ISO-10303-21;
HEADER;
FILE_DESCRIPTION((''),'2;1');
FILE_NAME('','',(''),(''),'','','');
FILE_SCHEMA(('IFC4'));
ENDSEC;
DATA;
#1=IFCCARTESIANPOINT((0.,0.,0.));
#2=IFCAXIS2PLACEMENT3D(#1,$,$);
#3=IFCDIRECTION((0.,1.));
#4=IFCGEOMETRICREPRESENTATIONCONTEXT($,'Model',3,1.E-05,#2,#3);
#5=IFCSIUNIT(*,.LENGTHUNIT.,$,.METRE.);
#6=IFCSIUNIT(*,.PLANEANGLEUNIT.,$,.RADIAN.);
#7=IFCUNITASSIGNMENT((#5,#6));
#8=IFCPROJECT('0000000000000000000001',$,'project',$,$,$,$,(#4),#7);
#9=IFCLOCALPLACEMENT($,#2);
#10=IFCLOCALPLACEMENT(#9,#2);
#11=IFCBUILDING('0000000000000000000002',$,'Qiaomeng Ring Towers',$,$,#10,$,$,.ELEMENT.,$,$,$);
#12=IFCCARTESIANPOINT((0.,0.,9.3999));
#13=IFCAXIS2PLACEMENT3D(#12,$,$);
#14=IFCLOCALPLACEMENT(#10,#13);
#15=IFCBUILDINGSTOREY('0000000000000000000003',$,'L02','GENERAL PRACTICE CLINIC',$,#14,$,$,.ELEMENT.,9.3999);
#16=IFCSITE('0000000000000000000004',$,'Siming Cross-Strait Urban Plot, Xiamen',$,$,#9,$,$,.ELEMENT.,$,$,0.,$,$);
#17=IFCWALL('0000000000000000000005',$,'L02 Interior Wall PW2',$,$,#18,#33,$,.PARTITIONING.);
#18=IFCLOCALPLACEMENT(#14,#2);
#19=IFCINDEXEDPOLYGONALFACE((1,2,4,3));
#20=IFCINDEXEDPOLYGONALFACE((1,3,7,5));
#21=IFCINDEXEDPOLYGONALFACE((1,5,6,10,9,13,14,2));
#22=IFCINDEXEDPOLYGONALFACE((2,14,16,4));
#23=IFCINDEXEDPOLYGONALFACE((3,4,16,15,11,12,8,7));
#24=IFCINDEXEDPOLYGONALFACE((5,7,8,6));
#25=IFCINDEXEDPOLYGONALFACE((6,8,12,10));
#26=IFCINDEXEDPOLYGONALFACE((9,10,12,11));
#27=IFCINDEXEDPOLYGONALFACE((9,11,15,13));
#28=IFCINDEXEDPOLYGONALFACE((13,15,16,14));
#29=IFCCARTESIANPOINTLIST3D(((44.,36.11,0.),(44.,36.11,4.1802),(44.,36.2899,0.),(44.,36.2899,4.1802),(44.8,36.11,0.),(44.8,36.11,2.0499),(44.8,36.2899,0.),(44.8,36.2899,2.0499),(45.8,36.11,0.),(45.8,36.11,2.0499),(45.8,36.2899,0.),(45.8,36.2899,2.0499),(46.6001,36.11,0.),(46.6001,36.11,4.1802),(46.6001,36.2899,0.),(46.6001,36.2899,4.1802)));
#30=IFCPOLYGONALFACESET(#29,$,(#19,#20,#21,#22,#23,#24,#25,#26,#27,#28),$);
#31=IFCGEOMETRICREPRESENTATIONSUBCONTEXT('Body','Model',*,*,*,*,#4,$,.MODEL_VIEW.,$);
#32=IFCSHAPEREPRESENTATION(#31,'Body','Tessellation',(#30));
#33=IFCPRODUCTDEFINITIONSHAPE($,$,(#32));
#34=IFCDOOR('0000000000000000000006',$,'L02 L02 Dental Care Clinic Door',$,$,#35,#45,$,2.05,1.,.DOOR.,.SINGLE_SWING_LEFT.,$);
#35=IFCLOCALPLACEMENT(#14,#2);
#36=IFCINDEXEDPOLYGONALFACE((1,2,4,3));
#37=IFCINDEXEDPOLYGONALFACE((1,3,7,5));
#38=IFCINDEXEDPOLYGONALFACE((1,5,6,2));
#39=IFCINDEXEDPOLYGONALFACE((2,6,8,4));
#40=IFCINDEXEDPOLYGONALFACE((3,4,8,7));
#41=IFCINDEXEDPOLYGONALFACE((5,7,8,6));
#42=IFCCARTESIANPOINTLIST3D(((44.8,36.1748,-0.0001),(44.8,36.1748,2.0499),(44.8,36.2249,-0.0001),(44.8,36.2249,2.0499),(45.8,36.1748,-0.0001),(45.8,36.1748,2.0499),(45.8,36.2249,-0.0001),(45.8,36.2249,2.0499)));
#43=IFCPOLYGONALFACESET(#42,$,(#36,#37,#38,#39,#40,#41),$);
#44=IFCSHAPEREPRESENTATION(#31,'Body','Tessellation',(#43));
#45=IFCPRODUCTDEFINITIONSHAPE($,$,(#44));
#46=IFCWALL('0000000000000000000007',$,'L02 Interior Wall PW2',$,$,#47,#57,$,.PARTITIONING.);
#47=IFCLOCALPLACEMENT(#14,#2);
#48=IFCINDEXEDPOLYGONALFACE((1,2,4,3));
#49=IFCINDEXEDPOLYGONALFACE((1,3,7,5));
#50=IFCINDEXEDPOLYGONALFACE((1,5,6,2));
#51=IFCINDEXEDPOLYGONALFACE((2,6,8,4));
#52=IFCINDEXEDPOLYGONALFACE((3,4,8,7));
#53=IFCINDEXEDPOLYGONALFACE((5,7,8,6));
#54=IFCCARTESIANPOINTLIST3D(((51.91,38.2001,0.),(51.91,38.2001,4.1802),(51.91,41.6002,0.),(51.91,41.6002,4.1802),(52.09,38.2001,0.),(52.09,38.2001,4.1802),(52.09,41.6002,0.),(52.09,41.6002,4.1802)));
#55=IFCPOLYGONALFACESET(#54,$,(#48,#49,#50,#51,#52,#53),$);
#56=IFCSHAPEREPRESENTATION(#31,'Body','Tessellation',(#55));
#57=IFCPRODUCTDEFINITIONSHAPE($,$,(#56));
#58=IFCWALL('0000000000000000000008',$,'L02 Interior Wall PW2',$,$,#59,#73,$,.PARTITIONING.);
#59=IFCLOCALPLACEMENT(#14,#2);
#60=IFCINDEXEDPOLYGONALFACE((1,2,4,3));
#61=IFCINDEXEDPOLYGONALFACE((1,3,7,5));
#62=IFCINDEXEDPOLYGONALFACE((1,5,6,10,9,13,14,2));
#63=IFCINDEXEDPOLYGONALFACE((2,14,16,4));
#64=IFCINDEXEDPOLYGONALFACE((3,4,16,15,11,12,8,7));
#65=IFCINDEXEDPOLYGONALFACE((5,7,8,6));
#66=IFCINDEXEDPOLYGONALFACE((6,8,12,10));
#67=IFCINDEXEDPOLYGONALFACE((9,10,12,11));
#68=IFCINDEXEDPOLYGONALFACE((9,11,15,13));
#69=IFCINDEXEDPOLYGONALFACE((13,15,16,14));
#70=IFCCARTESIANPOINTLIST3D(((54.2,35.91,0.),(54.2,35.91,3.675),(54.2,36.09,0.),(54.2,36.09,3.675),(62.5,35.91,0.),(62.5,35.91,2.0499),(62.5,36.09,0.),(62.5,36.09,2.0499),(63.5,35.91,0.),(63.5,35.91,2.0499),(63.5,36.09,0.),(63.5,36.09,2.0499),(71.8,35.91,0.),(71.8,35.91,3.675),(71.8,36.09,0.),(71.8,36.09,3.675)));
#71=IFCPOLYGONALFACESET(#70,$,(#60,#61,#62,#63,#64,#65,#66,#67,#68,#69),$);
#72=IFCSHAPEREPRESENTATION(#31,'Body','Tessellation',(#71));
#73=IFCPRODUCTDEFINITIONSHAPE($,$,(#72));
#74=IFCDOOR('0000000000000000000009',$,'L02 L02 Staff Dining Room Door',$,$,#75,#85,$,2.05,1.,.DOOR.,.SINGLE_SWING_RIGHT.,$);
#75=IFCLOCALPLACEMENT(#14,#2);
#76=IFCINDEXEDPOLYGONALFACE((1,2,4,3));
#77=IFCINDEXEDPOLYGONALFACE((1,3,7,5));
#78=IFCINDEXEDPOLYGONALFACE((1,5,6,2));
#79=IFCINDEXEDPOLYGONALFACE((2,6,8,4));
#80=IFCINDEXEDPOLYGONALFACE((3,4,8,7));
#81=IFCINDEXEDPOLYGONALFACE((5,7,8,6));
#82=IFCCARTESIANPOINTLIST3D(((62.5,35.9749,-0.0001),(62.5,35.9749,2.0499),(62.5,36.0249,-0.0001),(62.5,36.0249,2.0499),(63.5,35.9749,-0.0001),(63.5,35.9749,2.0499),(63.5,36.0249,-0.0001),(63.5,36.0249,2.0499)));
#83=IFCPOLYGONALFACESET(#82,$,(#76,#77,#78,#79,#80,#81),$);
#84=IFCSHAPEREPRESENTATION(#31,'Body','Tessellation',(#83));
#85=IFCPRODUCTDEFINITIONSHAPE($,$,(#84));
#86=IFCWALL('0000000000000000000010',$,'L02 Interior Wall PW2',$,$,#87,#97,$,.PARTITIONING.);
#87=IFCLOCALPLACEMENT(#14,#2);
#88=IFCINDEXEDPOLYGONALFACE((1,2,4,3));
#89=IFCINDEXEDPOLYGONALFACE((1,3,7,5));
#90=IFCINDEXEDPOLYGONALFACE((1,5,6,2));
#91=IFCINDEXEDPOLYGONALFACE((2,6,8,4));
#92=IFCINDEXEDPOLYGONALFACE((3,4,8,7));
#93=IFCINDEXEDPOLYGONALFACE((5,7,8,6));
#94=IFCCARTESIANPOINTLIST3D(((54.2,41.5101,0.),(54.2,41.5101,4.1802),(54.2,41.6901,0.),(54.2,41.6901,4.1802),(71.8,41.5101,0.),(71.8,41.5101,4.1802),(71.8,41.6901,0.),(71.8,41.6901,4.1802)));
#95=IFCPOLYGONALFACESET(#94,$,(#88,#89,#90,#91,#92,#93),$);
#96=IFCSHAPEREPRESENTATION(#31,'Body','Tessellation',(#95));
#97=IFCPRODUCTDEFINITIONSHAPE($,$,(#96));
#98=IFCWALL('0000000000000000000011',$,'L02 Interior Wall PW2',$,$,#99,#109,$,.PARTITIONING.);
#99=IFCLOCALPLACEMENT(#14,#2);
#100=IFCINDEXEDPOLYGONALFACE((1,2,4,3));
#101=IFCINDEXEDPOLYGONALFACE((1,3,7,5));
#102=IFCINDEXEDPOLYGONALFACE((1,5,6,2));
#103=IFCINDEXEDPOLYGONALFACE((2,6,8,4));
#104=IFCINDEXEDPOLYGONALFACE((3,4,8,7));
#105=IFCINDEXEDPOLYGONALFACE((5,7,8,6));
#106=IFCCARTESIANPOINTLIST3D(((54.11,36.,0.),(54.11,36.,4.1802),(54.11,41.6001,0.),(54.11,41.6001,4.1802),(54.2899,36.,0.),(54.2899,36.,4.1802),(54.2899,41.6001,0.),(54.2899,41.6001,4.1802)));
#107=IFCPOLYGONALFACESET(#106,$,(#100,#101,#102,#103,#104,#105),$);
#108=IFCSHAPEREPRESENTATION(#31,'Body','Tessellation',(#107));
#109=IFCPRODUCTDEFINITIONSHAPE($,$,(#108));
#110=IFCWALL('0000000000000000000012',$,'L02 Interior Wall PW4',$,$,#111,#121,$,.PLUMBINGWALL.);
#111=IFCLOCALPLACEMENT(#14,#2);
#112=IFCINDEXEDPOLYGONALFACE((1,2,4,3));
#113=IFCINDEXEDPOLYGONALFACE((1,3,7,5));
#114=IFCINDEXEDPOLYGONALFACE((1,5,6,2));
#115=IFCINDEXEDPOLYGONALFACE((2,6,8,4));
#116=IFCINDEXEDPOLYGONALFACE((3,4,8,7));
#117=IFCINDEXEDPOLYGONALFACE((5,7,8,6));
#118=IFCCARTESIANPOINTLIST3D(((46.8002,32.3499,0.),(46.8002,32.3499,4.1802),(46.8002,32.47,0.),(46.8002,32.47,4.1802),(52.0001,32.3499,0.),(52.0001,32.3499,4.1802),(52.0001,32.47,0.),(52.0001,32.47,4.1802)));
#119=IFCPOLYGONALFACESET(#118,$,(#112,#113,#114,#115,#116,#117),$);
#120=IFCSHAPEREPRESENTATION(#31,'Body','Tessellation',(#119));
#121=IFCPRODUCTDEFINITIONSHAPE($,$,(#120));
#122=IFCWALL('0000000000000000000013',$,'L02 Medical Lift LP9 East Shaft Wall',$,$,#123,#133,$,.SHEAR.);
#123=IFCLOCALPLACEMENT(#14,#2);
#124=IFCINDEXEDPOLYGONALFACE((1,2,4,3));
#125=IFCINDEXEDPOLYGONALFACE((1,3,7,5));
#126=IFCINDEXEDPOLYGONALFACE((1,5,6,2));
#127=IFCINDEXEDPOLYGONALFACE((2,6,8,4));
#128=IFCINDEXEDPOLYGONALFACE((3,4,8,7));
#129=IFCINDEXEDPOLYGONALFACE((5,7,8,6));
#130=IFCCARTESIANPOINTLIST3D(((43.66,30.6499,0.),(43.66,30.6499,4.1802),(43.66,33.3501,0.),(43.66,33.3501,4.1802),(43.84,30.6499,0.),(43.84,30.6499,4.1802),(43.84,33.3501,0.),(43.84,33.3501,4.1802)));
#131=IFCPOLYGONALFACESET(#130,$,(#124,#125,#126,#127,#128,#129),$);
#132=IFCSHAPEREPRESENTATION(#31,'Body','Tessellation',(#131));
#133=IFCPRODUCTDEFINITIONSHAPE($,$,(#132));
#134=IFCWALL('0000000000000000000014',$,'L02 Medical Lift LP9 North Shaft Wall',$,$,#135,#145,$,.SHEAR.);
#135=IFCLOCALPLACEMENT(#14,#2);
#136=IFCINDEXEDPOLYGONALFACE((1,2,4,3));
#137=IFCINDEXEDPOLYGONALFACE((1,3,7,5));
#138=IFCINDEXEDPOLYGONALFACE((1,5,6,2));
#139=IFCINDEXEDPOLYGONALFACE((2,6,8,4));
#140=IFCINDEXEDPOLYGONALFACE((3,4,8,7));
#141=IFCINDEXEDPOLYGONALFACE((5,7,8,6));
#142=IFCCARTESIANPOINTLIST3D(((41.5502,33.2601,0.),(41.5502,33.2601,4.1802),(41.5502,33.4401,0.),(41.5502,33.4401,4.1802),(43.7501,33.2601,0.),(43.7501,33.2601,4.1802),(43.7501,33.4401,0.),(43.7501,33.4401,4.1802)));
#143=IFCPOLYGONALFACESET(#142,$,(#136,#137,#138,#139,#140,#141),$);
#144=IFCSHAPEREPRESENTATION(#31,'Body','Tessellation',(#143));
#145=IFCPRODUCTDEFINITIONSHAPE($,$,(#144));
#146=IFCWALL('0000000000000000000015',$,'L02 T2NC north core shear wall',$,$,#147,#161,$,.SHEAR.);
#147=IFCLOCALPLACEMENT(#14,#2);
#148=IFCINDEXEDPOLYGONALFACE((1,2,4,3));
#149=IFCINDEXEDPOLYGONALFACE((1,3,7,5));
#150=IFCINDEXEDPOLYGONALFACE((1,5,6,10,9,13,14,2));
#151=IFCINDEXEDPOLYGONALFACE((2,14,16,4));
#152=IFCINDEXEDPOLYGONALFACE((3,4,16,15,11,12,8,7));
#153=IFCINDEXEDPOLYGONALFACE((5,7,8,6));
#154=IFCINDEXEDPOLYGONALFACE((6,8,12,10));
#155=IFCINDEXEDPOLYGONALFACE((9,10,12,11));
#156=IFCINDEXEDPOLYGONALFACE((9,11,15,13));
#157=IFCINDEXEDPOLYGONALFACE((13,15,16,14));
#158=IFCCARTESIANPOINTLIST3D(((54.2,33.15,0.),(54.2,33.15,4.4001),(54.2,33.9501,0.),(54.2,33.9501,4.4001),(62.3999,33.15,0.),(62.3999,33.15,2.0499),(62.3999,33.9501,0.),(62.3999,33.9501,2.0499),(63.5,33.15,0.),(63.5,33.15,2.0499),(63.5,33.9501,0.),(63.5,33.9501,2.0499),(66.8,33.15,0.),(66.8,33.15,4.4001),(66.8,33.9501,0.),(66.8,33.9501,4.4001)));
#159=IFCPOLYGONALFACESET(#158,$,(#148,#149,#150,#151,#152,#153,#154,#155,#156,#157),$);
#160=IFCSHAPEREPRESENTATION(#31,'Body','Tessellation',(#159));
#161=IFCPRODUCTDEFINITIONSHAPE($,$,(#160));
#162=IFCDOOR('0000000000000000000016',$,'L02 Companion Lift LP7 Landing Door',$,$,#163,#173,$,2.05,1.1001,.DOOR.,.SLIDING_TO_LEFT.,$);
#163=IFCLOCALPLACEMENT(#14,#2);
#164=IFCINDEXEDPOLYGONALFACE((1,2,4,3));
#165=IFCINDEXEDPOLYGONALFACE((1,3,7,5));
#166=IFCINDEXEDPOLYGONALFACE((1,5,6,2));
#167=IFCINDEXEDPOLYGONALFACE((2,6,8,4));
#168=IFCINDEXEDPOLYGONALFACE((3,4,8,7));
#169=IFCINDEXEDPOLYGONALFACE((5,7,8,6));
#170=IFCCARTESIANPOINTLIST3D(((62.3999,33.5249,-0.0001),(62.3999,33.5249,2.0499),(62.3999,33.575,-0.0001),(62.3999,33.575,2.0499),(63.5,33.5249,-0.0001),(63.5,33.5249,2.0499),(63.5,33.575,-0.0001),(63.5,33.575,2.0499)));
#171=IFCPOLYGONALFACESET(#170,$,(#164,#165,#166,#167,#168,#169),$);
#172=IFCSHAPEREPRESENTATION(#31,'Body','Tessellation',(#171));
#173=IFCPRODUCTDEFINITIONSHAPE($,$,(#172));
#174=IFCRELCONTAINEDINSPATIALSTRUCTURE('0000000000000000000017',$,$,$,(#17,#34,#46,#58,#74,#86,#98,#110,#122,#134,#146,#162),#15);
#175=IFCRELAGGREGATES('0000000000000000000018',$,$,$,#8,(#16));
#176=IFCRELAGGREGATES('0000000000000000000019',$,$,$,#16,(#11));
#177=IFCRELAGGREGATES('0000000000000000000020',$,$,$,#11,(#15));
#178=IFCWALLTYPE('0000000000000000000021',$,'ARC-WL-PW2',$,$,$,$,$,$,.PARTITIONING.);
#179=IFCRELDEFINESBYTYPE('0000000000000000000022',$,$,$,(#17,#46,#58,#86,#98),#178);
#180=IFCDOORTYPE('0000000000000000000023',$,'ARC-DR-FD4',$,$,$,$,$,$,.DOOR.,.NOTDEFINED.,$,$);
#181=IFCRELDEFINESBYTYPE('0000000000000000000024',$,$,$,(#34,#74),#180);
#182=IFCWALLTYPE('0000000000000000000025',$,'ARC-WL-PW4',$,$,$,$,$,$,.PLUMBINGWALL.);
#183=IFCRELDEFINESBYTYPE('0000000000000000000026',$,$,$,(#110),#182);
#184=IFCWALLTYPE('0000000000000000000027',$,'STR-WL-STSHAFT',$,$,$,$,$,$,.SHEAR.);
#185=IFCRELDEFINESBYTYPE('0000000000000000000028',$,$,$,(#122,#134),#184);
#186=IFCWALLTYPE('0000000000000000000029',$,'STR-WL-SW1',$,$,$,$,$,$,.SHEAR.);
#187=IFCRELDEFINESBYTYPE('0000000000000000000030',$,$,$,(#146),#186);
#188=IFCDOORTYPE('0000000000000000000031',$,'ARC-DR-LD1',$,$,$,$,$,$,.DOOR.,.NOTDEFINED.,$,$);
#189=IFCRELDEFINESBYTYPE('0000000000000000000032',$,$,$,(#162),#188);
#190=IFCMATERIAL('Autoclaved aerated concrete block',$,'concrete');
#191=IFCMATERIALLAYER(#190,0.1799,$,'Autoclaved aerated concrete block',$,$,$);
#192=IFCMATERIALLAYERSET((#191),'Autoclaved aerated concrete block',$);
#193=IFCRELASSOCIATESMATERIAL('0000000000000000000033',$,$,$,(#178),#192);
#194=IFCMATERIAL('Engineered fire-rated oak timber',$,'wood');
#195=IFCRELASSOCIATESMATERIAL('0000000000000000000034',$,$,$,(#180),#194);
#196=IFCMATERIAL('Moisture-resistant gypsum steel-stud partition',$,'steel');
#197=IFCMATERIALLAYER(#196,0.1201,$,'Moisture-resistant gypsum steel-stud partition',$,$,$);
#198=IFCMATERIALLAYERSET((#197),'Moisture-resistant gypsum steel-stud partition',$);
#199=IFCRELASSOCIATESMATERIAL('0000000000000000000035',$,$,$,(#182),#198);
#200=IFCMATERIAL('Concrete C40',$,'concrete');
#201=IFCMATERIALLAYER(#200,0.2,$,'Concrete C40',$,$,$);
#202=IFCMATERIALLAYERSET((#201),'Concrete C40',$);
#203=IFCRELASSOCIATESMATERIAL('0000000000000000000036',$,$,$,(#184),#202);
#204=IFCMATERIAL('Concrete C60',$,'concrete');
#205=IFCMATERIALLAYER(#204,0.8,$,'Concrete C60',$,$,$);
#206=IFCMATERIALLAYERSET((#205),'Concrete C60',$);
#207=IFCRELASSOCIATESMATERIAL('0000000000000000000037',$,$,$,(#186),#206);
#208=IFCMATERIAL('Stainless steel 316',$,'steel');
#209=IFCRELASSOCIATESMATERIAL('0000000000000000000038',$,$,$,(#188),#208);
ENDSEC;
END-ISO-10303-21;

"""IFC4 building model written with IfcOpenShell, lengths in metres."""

from ifc_helpers import new_model, si_unit, direction, frame, frame_2d, origin, place, context, subcontext, project, spatial, rectangle, extrude, source, transform, mapped, material, layer, layer_set, type_object, element, fill, save


model = new_model("IFC4")

# Units and contexts
model_context = context("Model", 3, precision=1e-05, world=origin(), true_north=direction((0.0, 1.0)))
body_context = subcontext(model_context, "Body", "Model", "MODEL_VIEW")
ifc_project = project(units=[si_unit("LENGTHUNIT", "METRE"), si_unit("PLANEANGLEUNIT", "RADIAN")], contexts=[model_context])

# Site, building, storey
site_placement = place(None, origin())
site = spatial("IfcSite", under=ifc_project, at=site_placement, Name="Siming Cross-Strait Urban Plot, Xiamen", CompositionType="ELEMENT", RefElevation=0.0)
building_placement = place(site_placement, origin())
building = spatial("IfcBuilding", under=site, at=building_placement, Name="Qiaomeng Ring Towers", CompositionType="ELEMENT")
storey_placement = place(building_placement, frame((0.0, 0.0, 9.3999)))
storey = spatial("IfcBuildingStorey", under=building, at=storey_placement, Name="L02", Description="GENERAL PRACTICE CLINIC", CompositionType="ELEMENT", Elevation=9.3999)

# Shared definitions
ifc_material_1 = material(Name="Concrete C60", Category="concrete")

# Shared definitions
ifc_material_2 = material(Name="Autoclaved aerated concrete block", Category="concrete")
ifc_layer_1 = layer(ifc_material_2, 0.1799, Name="Autoclaved aerated concrete block")
ifc_layer_set_1 = layer_set([ifc_layer_1], Name="Autoclaved aerated concrete block")
wall_type_1 = type_object("IfcWallType", Name="ARC-WL-PW2", PredefinedType="PARTITIONING", material=ifc_layer_set_1)

# Wall, opening, door
wall_1_placement = place(storey_placement, frame((44.0, 36.2, 0.0), z_axis=(0.0, 0.0, 1.0), x_axis=(1.0, 0.0, 0.0)))
wall_1 = element("IfcWall", 1, at=wall_1_placement, inside=storey, type_object=wall_type_1, Name="L02 Interior Wall PW2", PredefinedType="PARTITIONING", context=body_context, shape_type="SweptSolid", body=[
    extrude(rectangle(XDim=2.6001, YDim=0.1799, at=frame_2d((1.3, 0.0))), origin(), (0.0, 0.0, 1.0), 4.1802),
])
opening_1_placement = place(wall_1_placement, frame((0.8, 0.0, 0.0)))
opening_1 = element("IfcOpeningElement", 2, at=opening_1_placement, cuts=wall_1, PredefinedType="OPENING", context=body_context, shape_type="SweptSolid", body=[
    extrude(rectangle(XDim=1.0, YDim=2.05, at=frame_2d((0.5, 1.0249))), frame((0.0, 0.0999, 0.0), z_axis=(0.0, -1.0, 0.0), x_axis=(1.0, 0.0, 0.0)), (0.0, 0.0, 1.0), 0.2),
])
ifc_material_3 = material(Name="Engineered fire-rated oak timber", Category="wood")
door_type_1 = type_object("IfcDoorType", Name="ARC-DR-FD4", OperationType="NOTDEFINED", PredefinedType="DOOR", material=ifc_material_3)
shared_shape_1 = source(origin(), body_context, "Body", "SweptSolid", [
    extrude(rectangle(XDim=1.0, YDim=2.05, at=frame_2d((0.5, 1.0249))), frame((0.0, 0.0249, 0.0), z_axis=(0.0, -1.0, 0.0), x_axis=(1.0, 0.0, 0.0)), (0.0, 0.0, 1.0), 0.05),
])
door_1_placement = place(opening_1_placement, origin())
door_1 = element("IfcDoor", 3, at=door_1_placement, inside=storey, type_object=door_type_1, Name="L02 L02 Dental Care Clinic Door", OperationType="SINGLE_SWING_LEFT", OverallHeight=2.05, OverallWidth=1.0, PredefinedType="DOOR", context=body_context, shape_type="MappedRepresentation", body=[
    mapped(shared_shape_1, transform((0.0, 0.0, 0.0), x_axis=(1.0, 0.0, 0.0), y_axis=(0.0, 1.0, 0.0), z_axis=(0.0, 0.0, 1.0), scale=1.0)),
])
fill(opening_1, door_1)

# Wall
wall_2_placement = place(storey_placement, frame((52.0, 38.2, 0.0), z_axis=(0.0, 0.0, 1.0), x_axis=(0.0, 1.0, 0.0)))
element("IfcWall", 4, at=wall_2_placement, inside=storey, type_object=wall_type_1, Name="L02 Interior Wall PW2", PredefinedType="PARTITIONING", context=body_context, shape_type="SweptSolid", body=[
    extrude(rectangle(XDim=3.4001, YDim=0.1799, at=frame_2d((1.7002, 0.0))), origin(), (0.0, 0.0, 1.0), 4.1802),
])

# Wall, opening, door
wall_3_placement = place(storey_placement, frame((54.2, 36.0, 0.0), z_axis=(0.0, 0.0, 1.0), x_axis=(1.0, 0.0, 0.0)))
wall_3 = element("IfcWall", 5, at=wall_3_placement, inside=storey, type_object=wall_type_1, Name="L02 Interior Wall PW2", PredefinedType="PARTITIONING", context=body_context, shape_type="SweptSolid", body=[
    extrude(rectangle(XDim=17.6001, YDim=0.1799, at=frame_2d((8.8, 0.0))), origin(), (0.0, 0.0, 1.0), 3.675),
])
opening_2_placement = place(wall_3_placement, frame((8.3, 0.0, 0.0)))
opening_2 = element("IfcOpeningElement", 6, at=opening_2_placement, cuts=wall_3, PredefinedType="OPENING", context=body_context, shape_type="SweptSolid", body=[
    extrude(rectangle(XDim=1.0, YDim=2.05, at=frame_2d((0.5, 1.0249))), frame((0.0, 0.0999, 0.0), z_axis=(0.0, -1.0, 0.0), x_axis=(1.0, 0.0, 0.0)), (0.0, 0.0, 1.0), 0.2),
])
door_2_placement = place(opening_2_placement, origin())
door_2 = element("IfcDoor", 7, at=door_2_placement, inside=storey, type_object=door_type_1, Name="L02 L02 Staff Dining Room Door", OperationType="SINGLE_SWING_RIGHT", OverallHeight=2.05, OverallWidth=1.0, PredefinedType="DOOR", context=body_context, shape_type="MappedRepresentation", body=[
    mapped(shared_shape_1, transform((0.0, 0.0, 0.0), x_axis=(1.0, 0.0, 0.0), y_axis=(0.0, 1.0, 0.0), z_axis=(0.0, 0.0, 1.0), scale=1.0)),
])
fill(opening_2, door_2)

# Walls
wall_4_placement = place(storey_placement, frame((54.2, 41.6001, 0.0), z_axis=(0.0, 0.0, 1.0), x_axis=(1.0, 0.0, 0.0)))
element("IfcWall", 8, at=wall_4_placement, inside=storey, type_object=wall_type_1, Name="L02 Interior Wall PW2", PredefinedType="PARTITIONING", context=body_context, shape_type="SweptSolid", body=[
    extrude(rectangle(XDim=17.6001, YDim=0.1799, at=frame_2d((8.8, 0.0))), origin(), (0.0, 0.0, 1.0), 4.1802),
])
wall_5_placement = place(storey_placement, frame((54.2, 36.0, 0.0), z_axis=(0.0, 0.0, 1.0), x_axis=(0.0, 1.0, 0.0)))
element("IfcWall", 9, at=wall_5_placement, inside=storey, type_object=wall_type_1, Name="L02 Interior Wall PW2", PredefinedType="PARTITIONING", context=body_context, shape_type="SweptSolid", body=[
    extrude(rectangle(XDim=5.6001, YDim=0.1799, at=frame_2d((2.8, 0.0))), origin(), (0.0, 0.0, 1.0), 4.1802),
])
ifc_material_4 = material(Name="Moisture-resistant gypsum steel-stud partition", Category="steel")
ifc_layer_2 = layer(ifc_material_4, 0.1201, Name="Moisture-resistant gypsum steel-stud partition")
ifc_layer_set_2 = layer_set([ifc_layer_2], Name="Moisture-resistant gypsum steel-stud partition")
wall_type_2 = type_object("IfcWallType", Name="ARC-WL-PW4", PredefinedType="PLUMBINGWALL", material=ifc_layer_set_2)
wall_6_placement = place(storey_placement, frame((46.8, 32.4099, 0.0), z_axis=(0.0, 0.0, 1.0), x_axis=(1.0, 0.0, 0.0)))
element("IfcWall", 10, at=wall_6_placement, inside=storey, type_object=wall_type_2, Name="L02 Interior Wall PW4", PredefinedType="PLUMBINGWALL", context=body_context, shape_type="SweptSolid", body=[
    extrude(rectangle(XDim=5.2, YDim=0.1201, at=frame_2d((2.6001, 0.0))), origin(), (0.0, 0.0, 1.0), 4.1802),
])
ifc_material_5 = material(Name="Concrete C40", Category="concrete")
ifc_layer_3 = layer(ifc_material_5, 0.2, Name="Concrete C40")
ifc_layer_set_3 = layer_set([ifc_layer_3], Name="Concrete C40")
wall_type_3 = type_object("IfcWallType", Name="STR-WL-STSHAFT", PredefinedType="SHEAR", material=ifc_layer_set_3)
wall_7_placement = place(storey_placement, frame((43.75, 30.6499, 0.0), z_axis=(0.0, 0.0, 1.0), x_axis=(0.0, 1.0, 0.0)))
element("IfcWall", 11, at=wall_7_placement, inside=storey, type_object=wall_type_3, Name="L02 Medical Lift LP9 East Shaft Wall", PredefinedType="SHEAR", context=body_context, shape_type="SweptSolid", body=[
    extrude(rectangle(XDim=2.7002, YDim=0.1799, at=frame_2d((1.3501, 0.0))), origin(), (0.0, 0.0, 1.0), 4.1802),
])
wall_8_placement = place(storey_placement, frame((41.55, 33.3501, 0.0), z_axis=(0.0, 0.0, 1.0), x_axis=(1.0, 0.0, 0.0)))
element("IfcWall", 12, at=wall_8_placement, inside=storey, type_object=wall_type_3, Name="L02 Medical Lift LP9 North Shaft Wall", PredefinedType="SHEAR", context=body_context, shape_type="SweptSolid", body=[
    extrude(rectangle(XDim=2.2, YDim=0.1799, at=frame_2d((1.1001, 0.0))), origin(), (0.0, 0.0, 1.0), 4.1802),
])

# Wall, opening, door
ifc_layer_4 = layer(ifc_material_1, 0.8, Name="Concrete C60")
ifc_layer_set_4 = layer_set([ifc_layer_4], Name="Concrete C60")
wall_type_4 = type_object("IfcWallType", Name="STR-WL-SW1", PredefinedType="SHEAR", material=ifc_layer_set_4)
wall_9_placement = place(storey_placement, frame((54.2, 33.55, 0.0), z_axis=(0.0, 0.0, 1.0), x_axis=(1.0, 0.0, 0.0)))
wall_9 = element("IfcWall", 13, at=wall_9_placement, inside=storey, type_object=wall_type_4, Name="L02 T2NC north core shear wall", PredefinedType="SHEAR", context=body_context, shape_type="SweptSolid", body=[
    extrude(rectangle(XDim=12.6001, YDim=0.8, at=frame_2d((6.3, 0.0))), origin(), (0.0, 0.0, 1.0), 4.4001),
])
opening_3_placement = place(wall_9_placement, frame((8.2, 0.0, 0.0)))
opening_3 = element("IfcOpeningElement", 14, at=opening_3_placement, cuts=wall_9, PredefinedType="OPENING", context=body_context, shape_type="SweptSolid", body=[
    extrude(rectangle(XDim=1.1001, YDim=2.05, at=frame_2d((0.55, 1.0249))), frame((0.0, 0.4099, 0.0), z_axis=(0.0, -1.0, 0.0), x_axis=(1.0, 0.0, 0.0)), (0.0, 0.0, 1.0), 0.8201),
])
ifc_material_6 = material(Name="Stainless steel 316", Category="steel")
door_type_2 = type_object("IfcDoorType", Name="ARC-DR-LD1", OperationType="NOTDEFINED", PredefinedType="DOOR", material=ifc_material_6)
shared_shape_2 = source(origin(), body_context, "Body", "SweptSolid", [
    extrude(rectangle(XDim=1.1001, YDim=2.05, at=frame_2d((0.55, 1.0249))), frame((0.0, 0.0249, 0.0), z_axis=(0.0, -1.0, 0.0), x_axis=(1.0, 0.0, 0.0)), (0.0, 0.0, 1.0), 0.05),
])
door_3_placement = place(opening_3_placement, origin())
door_3 = element("IfcDoor", 15, at=door_3_placement, inside=storey, type_object=door_type_2, Name="L02 Companion Lift LP7 Landing Door", OperationType="SLIDING_TO_LEFT", OverallHeight=2.05, OverallWidth=1.1001, PredefinedType="DOOR", context=body_context, shape_type="MappedRepresentation", body=[
    mapped(shared_shape_2, transform((0.0, 0.0, 0.0), x_axis=(1.0, 0.0, 0.0), y_axis=(0.0, 1.0, 0.0), z_axis=(0.0, 0.0, 1.0), scale=1.0)),
])
fill(opening_3, door_3)

save(model, "model.ifc")
